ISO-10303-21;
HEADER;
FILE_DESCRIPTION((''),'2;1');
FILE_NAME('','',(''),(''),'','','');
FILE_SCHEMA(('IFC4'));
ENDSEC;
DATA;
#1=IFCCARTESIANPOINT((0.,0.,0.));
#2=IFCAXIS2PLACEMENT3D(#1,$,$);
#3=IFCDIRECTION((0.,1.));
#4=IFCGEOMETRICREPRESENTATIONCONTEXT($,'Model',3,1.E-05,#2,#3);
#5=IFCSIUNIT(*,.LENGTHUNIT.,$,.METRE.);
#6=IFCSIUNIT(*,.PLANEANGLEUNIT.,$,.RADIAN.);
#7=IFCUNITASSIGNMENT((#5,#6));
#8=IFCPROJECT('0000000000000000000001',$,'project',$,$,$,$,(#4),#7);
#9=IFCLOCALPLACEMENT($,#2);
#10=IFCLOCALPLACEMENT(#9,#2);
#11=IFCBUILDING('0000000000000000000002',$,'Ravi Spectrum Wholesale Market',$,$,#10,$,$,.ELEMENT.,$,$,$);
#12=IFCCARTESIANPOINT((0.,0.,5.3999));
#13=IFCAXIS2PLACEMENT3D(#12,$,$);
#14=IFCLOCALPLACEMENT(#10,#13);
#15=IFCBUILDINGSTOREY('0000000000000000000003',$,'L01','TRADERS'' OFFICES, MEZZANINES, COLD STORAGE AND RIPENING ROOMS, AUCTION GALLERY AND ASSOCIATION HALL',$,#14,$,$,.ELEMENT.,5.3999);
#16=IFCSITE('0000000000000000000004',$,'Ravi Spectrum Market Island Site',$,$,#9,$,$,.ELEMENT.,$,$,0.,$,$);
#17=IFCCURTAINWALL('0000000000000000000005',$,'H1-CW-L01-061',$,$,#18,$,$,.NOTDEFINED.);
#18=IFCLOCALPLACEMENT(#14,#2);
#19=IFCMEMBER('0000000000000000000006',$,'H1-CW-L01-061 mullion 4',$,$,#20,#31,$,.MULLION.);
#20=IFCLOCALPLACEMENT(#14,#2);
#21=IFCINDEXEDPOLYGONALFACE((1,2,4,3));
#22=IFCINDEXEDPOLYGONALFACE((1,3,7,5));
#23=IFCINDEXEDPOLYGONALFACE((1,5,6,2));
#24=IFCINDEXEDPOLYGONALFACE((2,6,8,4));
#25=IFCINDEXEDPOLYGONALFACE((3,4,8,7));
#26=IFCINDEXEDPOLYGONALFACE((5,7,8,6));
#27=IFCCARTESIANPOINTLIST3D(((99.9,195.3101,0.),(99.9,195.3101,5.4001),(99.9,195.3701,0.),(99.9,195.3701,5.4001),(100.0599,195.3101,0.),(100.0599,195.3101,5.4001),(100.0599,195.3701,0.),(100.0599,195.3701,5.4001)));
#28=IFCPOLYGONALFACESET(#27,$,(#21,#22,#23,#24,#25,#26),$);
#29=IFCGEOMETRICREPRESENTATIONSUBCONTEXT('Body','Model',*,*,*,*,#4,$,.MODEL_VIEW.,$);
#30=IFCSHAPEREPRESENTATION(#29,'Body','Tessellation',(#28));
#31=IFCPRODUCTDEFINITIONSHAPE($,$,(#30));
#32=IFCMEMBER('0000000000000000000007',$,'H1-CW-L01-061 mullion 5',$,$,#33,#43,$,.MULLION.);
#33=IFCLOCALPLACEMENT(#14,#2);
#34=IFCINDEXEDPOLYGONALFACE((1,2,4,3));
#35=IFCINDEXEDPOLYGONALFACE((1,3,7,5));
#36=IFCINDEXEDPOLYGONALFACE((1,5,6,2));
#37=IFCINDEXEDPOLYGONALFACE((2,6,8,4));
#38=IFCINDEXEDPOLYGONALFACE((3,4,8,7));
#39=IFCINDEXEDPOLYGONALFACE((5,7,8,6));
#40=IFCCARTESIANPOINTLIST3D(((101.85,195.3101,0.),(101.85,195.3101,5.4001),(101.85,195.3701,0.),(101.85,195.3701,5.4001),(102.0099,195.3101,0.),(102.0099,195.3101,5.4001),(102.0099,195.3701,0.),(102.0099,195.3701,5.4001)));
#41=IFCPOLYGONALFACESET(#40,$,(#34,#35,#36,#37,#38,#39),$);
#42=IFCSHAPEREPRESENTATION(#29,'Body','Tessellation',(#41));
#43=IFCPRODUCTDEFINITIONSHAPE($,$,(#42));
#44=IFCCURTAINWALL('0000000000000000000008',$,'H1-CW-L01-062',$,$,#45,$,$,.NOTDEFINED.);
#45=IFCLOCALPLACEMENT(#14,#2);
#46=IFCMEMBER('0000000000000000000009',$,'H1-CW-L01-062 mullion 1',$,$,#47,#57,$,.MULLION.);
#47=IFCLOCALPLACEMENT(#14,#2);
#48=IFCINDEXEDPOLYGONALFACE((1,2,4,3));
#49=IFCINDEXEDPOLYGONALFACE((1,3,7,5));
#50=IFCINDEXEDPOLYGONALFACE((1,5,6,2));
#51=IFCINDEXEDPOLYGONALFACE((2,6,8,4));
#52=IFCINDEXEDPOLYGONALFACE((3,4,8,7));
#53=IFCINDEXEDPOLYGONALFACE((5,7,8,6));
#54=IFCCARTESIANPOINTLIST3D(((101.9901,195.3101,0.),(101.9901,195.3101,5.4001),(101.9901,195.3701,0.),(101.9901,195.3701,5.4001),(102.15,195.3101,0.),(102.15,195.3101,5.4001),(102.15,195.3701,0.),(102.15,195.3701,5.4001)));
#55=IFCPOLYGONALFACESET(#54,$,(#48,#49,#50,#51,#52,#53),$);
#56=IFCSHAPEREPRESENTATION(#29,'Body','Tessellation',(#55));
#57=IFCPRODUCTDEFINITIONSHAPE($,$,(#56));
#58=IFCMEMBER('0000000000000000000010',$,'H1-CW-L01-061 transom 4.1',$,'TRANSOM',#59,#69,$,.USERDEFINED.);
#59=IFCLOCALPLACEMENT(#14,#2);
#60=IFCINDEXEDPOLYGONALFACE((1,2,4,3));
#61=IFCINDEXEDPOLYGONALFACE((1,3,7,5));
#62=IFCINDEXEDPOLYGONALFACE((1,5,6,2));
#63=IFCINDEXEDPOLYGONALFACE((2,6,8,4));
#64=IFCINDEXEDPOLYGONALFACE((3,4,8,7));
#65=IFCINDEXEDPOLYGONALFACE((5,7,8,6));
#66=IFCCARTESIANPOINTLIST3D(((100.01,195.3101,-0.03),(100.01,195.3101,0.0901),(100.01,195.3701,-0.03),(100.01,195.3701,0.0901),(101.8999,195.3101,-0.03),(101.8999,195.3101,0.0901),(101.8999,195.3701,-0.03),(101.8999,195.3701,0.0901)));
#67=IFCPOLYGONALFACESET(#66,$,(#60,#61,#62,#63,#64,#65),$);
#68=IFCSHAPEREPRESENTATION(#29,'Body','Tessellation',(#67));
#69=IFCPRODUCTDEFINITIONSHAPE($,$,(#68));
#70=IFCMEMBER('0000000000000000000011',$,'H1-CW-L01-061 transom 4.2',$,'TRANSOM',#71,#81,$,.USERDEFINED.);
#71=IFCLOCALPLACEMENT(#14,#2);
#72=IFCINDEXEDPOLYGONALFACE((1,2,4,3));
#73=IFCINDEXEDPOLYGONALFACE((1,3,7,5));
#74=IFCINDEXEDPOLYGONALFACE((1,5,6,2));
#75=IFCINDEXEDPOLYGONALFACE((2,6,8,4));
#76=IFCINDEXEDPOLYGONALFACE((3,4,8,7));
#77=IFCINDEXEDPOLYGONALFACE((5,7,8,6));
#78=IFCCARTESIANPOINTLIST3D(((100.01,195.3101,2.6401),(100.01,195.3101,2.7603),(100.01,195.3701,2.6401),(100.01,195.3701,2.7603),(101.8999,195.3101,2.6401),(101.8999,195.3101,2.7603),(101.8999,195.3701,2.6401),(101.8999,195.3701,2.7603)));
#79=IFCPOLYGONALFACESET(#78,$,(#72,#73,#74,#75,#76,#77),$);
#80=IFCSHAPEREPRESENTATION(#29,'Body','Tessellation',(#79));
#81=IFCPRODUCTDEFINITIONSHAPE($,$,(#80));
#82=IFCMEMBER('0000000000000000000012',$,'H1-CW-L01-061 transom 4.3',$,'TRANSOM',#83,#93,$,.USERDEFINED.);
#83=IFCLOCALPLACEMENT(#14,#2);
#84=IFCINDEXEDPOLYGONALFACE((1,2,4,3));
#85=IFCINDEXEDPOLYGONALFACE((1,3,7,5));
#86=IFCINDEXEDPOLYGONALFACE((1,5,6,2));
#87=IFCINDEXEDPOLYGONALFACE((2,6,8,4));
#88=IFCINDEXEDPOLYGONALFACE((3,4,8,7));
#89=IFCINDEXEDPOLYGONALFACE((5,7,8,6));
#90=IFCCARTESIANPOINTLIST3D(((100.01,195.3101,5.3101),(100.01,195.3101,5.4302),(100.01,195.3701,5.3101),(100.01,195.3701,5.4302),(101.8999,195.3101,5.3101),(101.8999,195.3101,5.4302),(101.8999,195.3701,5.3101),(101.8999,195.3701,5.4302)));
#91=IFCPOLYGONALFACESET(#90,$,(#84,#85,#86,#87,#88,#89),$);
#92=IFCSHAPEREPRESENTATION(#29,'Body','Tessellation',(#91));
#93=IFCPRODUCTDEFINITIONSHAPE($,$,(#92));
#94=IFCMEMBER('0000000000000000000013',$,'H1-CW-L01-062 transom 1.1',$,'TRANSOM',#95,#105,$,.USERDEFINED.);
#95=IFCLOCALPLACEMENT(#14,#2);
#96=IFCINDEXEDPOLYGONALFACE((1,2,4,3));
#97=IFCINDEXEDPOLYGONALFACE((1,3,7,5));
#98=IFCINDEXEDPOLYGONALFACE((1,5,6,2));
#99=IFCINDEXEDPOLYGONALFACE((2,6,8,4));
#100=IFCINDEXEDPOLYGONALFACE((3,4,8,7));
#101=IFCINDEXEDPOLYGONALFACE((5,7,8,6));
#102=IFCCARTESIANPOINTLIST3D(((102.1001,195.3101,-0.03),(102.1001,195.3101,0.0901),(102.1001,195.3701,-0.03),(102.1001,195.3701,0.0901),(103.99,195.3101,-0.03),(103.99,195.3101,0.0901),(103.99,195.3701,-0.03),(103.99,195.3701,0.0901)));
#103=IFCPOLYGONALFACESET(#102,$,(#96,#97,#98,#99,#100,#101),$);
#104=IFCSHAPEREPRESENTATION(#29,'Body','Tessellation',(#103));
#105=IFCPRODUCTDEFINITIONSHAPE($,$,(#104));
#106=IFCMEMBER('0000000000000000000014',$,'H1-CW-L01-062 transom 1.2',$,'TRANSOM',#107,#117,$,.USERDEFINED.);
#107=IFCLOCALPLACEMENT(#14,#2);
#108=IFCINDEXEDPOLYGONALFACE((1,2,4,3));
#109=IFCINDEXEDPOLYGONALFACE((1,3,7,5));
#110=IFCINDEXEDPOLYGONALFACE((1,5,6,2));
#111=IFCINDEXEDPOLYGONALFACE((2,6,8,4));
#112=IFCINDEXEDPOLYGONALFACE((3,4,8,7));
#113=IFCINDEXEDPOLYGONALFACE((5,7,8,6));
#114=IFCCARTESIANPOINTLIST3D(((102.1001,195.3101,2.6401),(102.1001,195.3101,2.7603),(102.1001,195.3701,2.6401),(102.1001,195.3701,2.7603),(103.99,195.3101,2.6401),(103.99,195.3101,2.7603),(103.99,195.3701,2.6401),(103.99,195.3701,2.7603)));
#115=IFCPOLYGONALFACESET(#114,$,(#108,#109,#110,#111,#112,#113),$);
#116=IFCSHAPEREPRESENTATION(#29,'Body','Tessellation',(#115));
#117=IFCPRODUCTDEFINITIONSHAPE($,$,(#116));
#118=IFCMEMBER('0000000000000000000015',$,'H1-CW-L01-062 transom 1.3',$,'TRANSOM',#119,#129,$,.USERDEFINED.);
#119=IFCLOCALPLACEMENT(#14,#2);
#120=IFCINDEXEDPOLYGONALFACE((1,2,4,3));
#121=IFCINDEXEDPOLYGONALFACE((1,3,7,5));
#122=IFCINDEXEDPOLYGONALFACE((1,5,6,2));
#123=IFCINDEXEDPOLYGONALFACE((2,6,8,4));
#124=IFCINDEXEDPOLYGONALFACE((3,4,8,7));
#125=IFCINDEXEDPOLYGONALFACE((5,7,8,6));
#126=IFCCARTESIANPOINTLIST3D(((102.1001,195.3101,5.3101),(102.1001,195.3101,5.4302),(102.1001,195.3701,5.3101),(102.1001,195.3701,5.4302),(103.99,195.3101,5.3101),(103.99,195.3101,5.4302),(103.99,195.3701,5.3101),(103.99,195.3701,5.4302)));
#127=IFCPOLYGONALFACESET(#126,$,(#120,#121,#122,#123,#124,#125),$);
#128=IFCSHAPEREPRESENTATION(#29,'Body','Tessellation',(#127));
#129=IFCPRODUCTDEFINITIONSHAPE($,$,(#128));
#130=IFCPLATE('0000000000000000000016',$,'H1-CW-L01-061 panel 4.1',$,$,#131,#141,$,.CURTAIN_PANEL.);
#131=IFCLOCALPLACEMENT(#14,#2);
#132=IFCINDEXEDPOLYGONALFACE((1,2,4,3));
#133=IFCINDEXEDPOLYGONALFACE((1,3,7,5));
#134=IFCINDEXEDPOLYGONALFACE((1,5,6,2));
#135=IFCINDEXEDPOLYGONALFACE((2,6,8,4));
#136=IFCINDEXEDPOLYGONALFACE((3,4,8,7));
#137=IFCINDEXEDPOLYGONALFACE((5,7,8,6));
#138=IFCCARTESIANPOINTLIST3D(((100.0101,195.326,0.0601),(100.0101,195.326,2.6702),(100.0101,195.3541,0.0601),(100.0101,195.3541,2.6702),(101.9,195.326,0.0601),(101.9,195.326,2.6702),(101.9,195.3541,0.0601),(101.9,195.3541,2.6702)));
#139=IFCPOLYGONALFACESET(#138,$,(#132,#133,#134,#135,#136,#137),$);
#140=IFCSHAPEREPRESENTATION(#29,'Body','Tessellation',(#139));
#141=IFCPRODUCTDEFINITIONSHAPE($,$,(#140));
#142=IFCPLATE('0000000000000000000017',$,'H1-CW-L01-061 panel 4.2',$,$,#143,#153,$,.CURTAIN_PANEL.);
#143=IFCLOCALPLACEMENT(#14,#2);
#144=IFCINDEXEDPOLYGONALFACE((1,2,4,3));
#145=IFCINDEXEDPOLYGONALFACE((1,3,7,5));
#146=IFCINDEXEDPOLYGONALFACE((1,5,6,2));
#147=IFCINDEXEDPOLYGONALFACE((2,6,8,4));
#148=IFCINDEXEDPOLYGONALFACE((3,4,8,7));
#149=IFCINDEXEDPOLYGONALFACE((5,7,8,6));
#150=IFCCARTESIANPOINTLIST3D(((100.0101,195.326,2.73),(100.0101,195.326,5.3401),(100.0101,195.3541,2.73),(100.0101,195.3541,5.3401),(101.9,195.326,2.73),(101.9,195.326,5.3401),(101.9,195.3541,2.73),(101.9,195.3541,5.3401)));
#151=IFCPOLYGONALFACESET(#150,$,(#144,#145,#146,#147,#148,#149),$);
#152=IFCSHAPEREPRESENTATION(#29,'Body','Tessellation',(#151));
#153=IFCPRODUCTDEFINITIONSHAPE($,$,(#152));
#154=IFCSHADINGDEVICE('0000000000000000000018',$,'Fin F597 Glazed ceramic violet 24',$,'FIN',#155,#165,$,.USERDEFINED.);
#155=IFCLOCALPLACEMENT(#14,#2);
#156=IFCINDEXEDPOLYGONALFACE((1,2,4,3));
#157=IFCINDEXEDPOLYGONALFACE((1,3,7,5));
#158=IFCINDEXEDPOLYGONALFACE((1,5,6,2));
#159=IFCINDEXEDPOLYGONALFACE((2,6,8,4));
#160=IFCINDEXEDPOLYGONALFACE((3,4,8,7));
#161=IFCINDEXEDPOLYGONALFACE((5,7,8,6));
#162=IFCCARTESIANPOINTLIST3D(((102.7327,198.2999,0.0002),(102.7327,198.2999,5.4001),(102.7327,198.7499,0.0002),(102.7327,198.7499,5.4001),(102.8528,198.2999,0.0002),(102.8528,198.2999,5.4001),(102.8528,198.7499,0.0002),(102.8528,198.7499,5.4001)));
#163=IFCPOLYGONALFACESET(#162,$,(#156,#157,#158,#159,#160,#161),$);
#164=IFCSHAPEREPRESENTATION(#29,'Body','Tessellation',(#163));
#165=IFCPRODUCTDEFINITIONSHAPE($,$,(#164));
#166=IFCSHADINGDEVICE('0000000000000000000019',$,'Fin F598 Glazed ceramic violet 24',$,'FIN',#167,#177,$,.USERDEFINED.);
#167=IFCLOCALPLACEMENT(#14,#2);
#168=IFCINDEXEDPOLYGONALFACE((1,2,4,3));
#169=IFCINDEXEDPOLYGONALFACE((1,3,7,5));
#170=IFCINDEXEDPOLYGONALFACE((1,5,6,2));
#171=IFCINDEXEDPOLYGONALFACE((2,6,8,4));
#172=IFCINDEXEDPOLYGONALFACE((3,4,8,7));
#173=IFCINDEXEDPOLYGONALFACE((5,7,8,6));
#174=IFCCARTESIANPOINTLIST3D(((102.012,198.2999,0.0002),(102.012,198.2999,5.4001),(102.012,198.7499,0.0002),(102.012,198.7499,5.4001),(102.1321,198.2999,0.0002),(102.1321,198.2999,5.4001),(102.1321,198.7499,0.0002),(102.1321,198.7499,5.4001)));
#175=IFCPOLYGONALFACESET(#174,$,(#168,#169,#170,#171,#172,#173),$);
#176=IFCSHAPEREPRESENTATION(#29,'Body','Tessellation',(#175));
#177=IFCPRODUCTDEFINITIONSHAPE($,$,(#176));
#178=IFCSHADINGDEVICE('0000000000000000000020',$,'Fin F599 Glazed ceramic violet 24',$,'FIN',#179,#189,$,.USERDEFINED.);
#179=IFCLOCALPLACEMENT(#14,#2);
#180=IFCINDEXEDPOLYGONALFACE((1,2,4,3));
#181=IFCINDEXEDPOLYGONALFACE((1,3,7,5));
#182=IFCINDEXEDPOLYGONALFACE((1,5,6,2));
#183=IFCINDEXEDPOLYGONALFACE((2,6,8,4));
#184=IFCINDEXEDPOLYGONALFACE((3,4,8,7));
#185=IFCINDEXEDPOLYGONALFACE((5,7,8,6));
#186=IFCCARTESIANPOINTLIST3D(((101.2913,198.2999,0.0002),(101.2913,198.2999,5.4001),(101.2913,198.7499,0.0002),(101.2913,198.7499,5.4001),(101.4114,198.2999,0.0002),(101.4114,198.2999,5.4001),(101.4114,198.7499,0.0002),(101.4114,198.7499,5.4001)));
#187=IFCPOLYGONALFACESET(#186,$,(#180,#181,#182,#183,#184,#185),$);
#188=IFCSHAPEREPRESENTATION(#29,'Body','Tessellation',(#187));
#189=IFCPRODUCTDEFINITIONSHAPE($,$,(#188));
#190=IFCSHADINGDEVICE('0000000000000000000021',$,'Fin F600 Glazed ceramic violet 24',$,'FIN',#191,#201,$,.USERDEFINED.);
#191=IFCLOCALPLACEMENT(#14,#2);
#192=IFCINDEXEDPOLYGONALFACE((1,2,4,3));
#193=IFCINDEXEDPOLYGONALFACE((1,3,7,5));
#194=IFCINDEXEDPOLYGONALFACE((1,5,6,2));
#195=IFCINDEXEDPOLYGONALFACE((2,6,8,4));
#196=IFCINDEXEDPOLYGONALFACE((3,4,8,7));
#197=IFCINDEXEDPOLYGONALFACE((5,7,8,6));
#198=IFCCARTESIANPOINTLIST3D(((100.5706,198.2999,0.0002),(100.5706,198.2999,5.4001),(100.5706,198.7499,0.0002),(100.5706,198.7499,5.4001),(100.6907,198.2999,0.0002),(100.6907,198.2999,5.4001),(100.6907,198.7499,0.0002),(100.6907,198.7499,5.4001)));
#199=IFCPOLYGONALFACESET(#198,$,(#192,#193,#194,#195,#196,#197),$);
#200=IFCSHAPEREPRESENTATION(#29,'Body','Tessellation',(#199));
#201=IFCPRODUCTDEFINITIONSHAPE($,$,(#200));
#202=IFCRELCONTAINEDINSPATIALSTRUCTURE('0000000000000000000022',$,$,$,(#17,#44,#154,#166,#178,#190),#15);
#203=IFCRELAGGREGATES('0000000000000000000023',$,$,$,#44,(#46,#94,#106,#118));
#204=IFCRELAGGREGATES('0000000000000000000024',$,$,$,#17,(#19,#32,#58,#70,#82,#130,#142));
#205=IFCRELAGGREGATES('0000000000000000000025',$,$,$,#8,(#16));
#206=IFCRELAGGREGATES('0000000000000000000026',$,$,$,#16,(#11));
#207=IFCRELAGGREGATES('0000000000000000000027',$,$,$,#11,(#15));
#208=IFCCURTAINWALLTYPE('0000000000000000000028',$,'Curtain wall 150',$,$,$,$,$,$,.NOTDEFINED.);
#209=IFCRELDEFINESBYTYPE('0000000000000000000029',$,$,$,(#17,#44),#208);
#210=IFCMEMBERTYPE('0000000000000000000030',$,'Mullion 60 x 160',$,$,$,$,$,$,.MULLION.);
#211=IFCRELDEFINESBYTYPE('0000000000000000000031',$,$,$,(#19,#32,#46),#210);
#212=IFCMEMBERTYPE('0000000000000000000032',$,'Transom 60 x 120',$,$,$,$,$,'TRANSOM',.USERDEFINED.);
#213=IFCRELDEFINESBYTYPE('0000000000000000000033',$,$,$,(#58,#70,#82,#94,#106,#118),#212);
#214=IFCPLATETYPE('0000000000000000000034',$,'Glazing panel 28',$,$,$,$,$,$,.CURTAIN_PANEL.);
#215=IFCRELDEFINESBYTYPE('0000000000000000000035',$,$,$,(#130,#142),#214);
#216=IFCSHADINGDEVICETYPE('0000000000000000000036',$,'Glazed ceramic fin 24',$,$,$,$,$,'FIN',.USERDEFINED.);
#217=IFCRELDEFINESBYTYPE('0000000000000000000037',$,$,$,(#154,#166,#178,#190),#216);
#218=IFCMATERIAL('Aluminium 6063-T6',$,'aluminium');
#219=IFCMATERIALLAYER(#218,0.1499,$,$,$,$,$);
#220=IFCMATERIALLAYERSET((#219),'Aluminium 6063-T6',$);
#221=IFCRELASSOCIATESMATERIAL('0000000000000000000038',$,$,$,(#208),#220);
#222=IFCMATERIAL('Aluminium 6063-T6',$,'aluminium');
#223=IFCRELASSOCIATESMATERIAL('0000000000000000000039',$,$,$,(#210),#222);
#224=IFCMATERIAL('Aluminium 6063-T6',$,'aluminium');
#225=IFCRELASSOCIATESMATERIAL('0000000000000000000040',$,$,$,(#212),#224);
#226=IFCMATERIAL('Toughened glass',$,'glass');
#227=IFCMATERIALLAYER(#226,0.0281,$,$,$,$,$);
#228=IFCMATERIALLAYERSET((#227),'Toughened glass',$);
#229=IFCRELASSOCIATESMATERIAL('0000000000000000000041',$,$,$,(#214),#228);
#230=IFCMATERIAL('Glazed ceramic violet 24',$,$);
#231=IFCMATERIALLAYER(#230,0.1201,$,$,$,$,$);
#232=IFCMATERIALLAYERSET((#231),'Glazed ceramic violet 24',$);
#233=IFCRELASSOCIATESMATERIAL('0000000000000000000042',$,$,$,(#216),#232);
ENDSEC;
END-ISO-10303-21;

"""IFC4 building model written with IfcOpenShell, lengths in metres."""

from ifc_helpers import new_model, si_unit, direction, frame, origin, origin_2d, place, context, subcontext, project, spatial, rectangle, extrude, material, layer, layer_set, material_profile, profile_set, type_object, element, aggregate, save


model = new_model("IFC4")

# Units and contexts
model_context = context("Model", 3, precision=1e-05, world=origin(), true_north=direction((0.0, 1.0)))
body_context = subcontext(model_context, "Body", "Model", "MODEL_VIEW")
ifc_project = project(units=[si_unit("LENGTHUNIT", "METRE"), si_unit("PLANEANGLEUNIT", "RADIAN")], contexts=[model_context])

# Site, building, storey
site_placement = place(None, origin())
site = spatial("IfcSite", under=ifc_project, at=site_placement, Name="Ravi Spectrum Market Island Site", CompositionType="ELEMENT", RefElevation=0.0)
building_placement = place(site_placement, origin())
building = spatial("IfcBuilding", under=site, at=building_placement, Name="Ravi Spectrum Wholesale Market", CompositionType="ELEMENT")
storey_placement = place(building_placement, frame((0.0, 0.0, 5.3999)))
storey = spatial("IfcBuildingStorey", under=building, at=storey_placement, Name="L01", Description="TRADERS' OFFICES, MEZZANINES, COLD STORAGE AND RIPENING ROOMS, AUCTION GALLERY AND ASSOCIATION HALL", CompositionType="ELEMENT", Elevation=5.3999)

# Curtain wall, members
ifc_material_1 = material(Name="Aluminium 6063-T6", Category="aluminium")
ifc_layer_1 = layer(ifc_material_1, 0.1499)
ifc_layer_set_1 = layer_set([ifc_layer_1], Name="Aluminium 6063-T6")
curtain_wall_type = type_object("IfcCurtainWallType", Name="Curtain wall 150", PredefinedType="NOTDEFINED", material=ifc_layer_set_1)
curtain_wall_1_placement = place(storey_placement, origin())
curtain_wall_1 = element("IfcCurtainWall", 1, at=curtain_wall_1_placement, inside=storey, type_object=curtain_wall_type, Name="H1-CW-L01-061", PredefinedType="NOTDEFINED")
ifc_material_2 = material(Name="Aluminium 6063-T6", Category="aluminium")
ifc_material_profile_1 = material_profile(ifc_material_2, rectangle(XDim=0.0601, YDim=0.1599, at=origin_2d()))
ifc_profile_set_1 = profile_set([ifc_material_profile_1], Name="Aluminium 6063-T6")
member_type_1 = type_object("IfcMemberType", Name="Mullion 60 x 160", PredefinedType="MULLION", material=ifc_profile_set_1)
member_1_placement = place(storey_placement, frame((99.98, 195.3401, 0.0), z_axis=(0.0, 0.0, 1.0), x_axis=(0.0, 1.0, 0.0)))
member_1 = element("IfcMember", 2, at=member_1_placement, type_object=member_type_1, Name="H1-CW-L01-061 mullion 4", PredefinedType="MULLION", context=body_context, shape_type="SweptSolid", body=[
    extrude(rectangle(XDim=0.0601, YDim=0.1599, at=origin_2d()), origin(), (0.0, 0.0, 1.0), 5.4001),
])
member_2_placement = place(storey_placement, frame((101.9299, 195.3401, 0.0), z_axis=(0.0, 0.0, 1.0), x_axis=(0.0, 1.0, 0.0)))
member_2 = element("IfcMember", 3, at=member_2_placement, type_object=member_type_1, Name="H1-CW-L01-061 mullion 5", PredefinedType="MULLION", context=body_context, shape_type="SweptSolid", body=[
    extrude(rectangle(XDim=0.0601, YDim=0.1599, at=origin_2d()), origin(), (0.0, 0.0, 1.0), 5.4001),
])

# Curtain wall, member
curtain_wall_2_placement = place(storey_placement, origin())
curtain_wall_2 = element("IfcCurtainWall", 4, at=curtain_wall_2_placement, inside=storey, type_object=curtain_wall_type, Name="H1-CW-L01-062", PredefinedType="NOTDEFINED")
member_3_placement = place(storey_placement, frame((102.0701, 195.3401, 0.0), z_axis=(0.0, 0.0, 1.0), x_axis=(0.0, 1.0, 0.0)))
member_3 = element("IfcMember", 5, at=member_3_placement, type_object=member_type_1, Name="H1-CW-L01-062 mullion 1", PredefinedType="MULLION", context=body_context, shape_type="SweptSolid", body=[
    extrude(rectangle(XDim=0.0601, YDim=0.1599, at=origin_2d()), origin(), (0.0, 0.0, 1.0), 5.4001),
])

# Members
ifc_material_3 = material(Name="Aluminium 6063-T6", Category="aluminium")
ifc_material_profile_2 = material_profile(ifc_material_3, rectangle(XDim=0.0601, YDim=0.1201, at=origin_2d()))
ifc_profile_set_2 = profile_set([ifc_material_profile_2], Name="Aluminium 6063-T6")
member_type_2 = type_object("IfcMemberType", Name="Transom 60 x 120", ElementType="TRANSOM", PredefinedType="USERDEFINED", material=ifc_profile_set_2)
member_4_placement = place(storey_placement, frame((100.01, 195.3401, 0.03), z_axis=(1.0, 0.0, 0.0), x_axis=(0.0, 1.0, 0.0)))
member_4 = element("IfcMember", 6, at=member_4_placement, type_object=member_type_2, Name="H1-CW-L01-061 transom 4.1", ObjectType="TRANSOM", PredefinedType="USERDEFINED", context=body_context, shape_type="SweptSolid", body=[
    extrude(rectangle(XDim=0.0601, YDim=0.1201, at=origin_2d()), origin(), (0.0, 0.0, 1.0), 1.8899),
])
member_5_placement = place(storey_placement, frame((100.01, 195.3401, 2.7002), z_axis=(1.0, 0.0, 0.0), x_axis=(0.0, 1.0, 0.0)))
member_5 = element("IfcMember", 7, at=member_5_placement, type_object=member_type_2, Name="H1-CW-L01-061 transom 4.2", ObjectType="TRANSOM", PredefinedType="USERDEFINED", context=body_context, shape_type="SweptSolid", body=[
    extrude(rectangle(XDim=0.0601, YDim=0.1201, at=origin_2d()), origin(), (0.0, 0.0, 1.0), 1.8899),
])
member_6_placement = place(storey_placement, frame((100.01, 195.3401, 5.3701), z_axis=(1.0, 0.0, 0.0), x_axis=(0.0, 1.0, 0.0)))
member_6 = element("IfcMember", 8, at=member_6_placement, type_object=member_type_2, Name="H1-CW-L01-061 transom 4.3", ObjectType="TRANSOM", PredefinedType="USERDEFINED", context=body_context, shape_type="SweptSolid", body=[
    extrude(rectangle(XDim=0.0601, YDim=0.1201, at=origin_2d()), origin(), (0.0, 0.0, 1.0), 1.8899),
])
member_7_placement = place(storey_placement, frame((102.1001, 195.3401, 0.03), z_axis=(1.0, 0.0, 0.0), x_axis=(0.0, 1.0, 0.0)))
member_7 = element("IfcMember", 9, at=member_7_placement, type_object=member_type_2, Name="H1-CW-L01-062 transom 1.1", ObjectType="TRANSOM", PredefinedType="USERDEFINED", context=body_context, shape_type="SweptSolid", body=[
    extrude(rectangle(XDim=0.0601, YDim=0.1201, at=origin_2d()), origin(), (0.0, 0.0, 1.0), 1.8899),
])
member_8_placement = place(storey_placement, frame((102.1001, 195.3401, 2.7002), z_axis=(1.0, 0.0, 0.0), x_axis=(0.0, 1.0, 0.0)))
member_8 = element("IfcMember", 10, at=member_8_placement, type_object=member_type_2, Name="H1-CW-L01-062 transom 1.2", ObjectType="TRANSOM", PredefinedType="USERDEFINED", context=body_context, shape_type="SweptSolid", body=[
    extrude(rectangle(XDim=0.0601, YDim=0.1201, at=origin_2d()), origin(), (0.0, 0.0, 1.0), 1.8899),
])
member_9_placement = place(storey_placement, frame((102.1001, 195.3401, 5.3701), z_axis=(1.0, 0.0, 0.0), x_axis=(0.0, 1.0, 0.0)))
member_9 = element("IfcMember", 11, at=member_9_placement, type_object=member_type_2, Name="H1-CW-L01-062 transom 1.3", ObjectType="TRANSOM", PredefinedType="USERDEFINED", context=body_context, shape_type="SweptSolid", body=[
    extrude(rectangle(XDim=0.0601, YDim=0.1201, at=origin_2d()), origin(), (0.0, 0.0, 1.0), 1.8899),
])
aggregate(curtain_wall_2, [member_3, member_7, member_8, member_9])

# Plates
ifc_material_4 = material(Name="Toughened glass", Category="glass")
ifc_layer_2 = layer(ifc_material_4, 0.0281)
ifc_layer_set_2 = layer_set([ifc_layer_2], Name="Toughened glass")
plate_type = type_object("IfcPlateType", Name="Glazing panel 28", PredefinedType="CURTAIN_PANEL", material=ifc_layer_set_2)
plate_1_placement = place(storey_placement, frame((100.9551, 195.3401, 0.0601), z_axis=(0.0, 0.0, 1.0), x_axis=(1.0, 0.0, 0.0)))
plate_1 = element("IfcPlate", 12, at=plate_1_placement, type_object=plate_type, Name="H1-CW-L01-061 panel 4.1", PredefinedType="CURTAIN_PANEL", context=body_context, shape_type="SweptSolid", body=[
    extrude(rectangle(XDim=1.8899, YDim=0.0281, at=origin_2d()), origin(), (0.0, 0.0, 1.0), 2.6101),
])
plate_2_placement = place(storey_placement, frame((100.9551, 195.3401, 2.73), z_axis=(0.0, 0.0, 1.0), x_axis=(1.0, 0.0, 0.0)))
plate_2 = element("IfcPlate", 13, at=plate_2_placement, type_object=plate_type, Name="H1-CW-L01-061 panel 4.2", PredefinedType="CURTAIN_PANEL", context=body_context, shape_type="SweptSolid", body=[
    extrude(rectangle(XDim=1.8899, YDim=0.0281, at=origin_2d()), origin(), (0.0, 0.0, 1.0), 2.6101),
])
aggregate(curtain_wall_1, [member_1, member_2, member_4, member_5, member_6, plate_1, plate_2])

# Shading devices
ifc_material_5 = material(Name="Glazed ceramic violet 24")
ifc_layer_3 = layer(ifc_material_5, 0.1201)
ifc_layer_set_3 = layer_set([ifc_layer_3], Name="Glazed ceramic violet 24")
shading_device_type = type_object("IfcShadingDeviceType", Name="Glazed ceramic fin 24", ElementType="FIN", PredefinedType="USERDEFINED", material=ifc_layer_set_3)
for number, where, z_axis, x_axis, name in (
    (14, (102.7927, 198.5249, 0.0002), (0.0, 0.0, 1.0), (-1.0, 0.0, 0.0), "Fin F597 Glazed ceramic violet 24"),
    (15, (102.072, 198.5249, 0.0002), (0.0, 0.0, 1.0), (-1.0, 0.0, 0.0), "Fin F598 Glazed ceramic violet 24"),
    (16, (101.3513, 198.5249, 0.0002), (0.0, 0.0, 1.0), (-1.0, 0.0, 0.0), "Fin F599 Glazed ceramic violet 24"),
    (17, (100.6306, 198.5249, 0.0002), (0.0, 0.0, 1.0), (-1.0, 0.0, 0.0), "Fin F600 Glazed ceramic violet 24"),
):
    element("IfcShadingDevice", number, at=place(storey_placement, frame(where, z_axis=z_axis, x_axis=x_axis)), inside=storey, type_object=shading_device_type, Name=name, ObjectType="FIN", PredefinedType="USERDEFINED", context=body_context, shape_type="SweptSolid", body=[
        extrude(rectangle(XDim=0.1201, YDim=0.45, at=origin_2d()), origin(), (0.0, 0.0, 1.0), 5.3999),
    ])

save(model, "model.ifc")
